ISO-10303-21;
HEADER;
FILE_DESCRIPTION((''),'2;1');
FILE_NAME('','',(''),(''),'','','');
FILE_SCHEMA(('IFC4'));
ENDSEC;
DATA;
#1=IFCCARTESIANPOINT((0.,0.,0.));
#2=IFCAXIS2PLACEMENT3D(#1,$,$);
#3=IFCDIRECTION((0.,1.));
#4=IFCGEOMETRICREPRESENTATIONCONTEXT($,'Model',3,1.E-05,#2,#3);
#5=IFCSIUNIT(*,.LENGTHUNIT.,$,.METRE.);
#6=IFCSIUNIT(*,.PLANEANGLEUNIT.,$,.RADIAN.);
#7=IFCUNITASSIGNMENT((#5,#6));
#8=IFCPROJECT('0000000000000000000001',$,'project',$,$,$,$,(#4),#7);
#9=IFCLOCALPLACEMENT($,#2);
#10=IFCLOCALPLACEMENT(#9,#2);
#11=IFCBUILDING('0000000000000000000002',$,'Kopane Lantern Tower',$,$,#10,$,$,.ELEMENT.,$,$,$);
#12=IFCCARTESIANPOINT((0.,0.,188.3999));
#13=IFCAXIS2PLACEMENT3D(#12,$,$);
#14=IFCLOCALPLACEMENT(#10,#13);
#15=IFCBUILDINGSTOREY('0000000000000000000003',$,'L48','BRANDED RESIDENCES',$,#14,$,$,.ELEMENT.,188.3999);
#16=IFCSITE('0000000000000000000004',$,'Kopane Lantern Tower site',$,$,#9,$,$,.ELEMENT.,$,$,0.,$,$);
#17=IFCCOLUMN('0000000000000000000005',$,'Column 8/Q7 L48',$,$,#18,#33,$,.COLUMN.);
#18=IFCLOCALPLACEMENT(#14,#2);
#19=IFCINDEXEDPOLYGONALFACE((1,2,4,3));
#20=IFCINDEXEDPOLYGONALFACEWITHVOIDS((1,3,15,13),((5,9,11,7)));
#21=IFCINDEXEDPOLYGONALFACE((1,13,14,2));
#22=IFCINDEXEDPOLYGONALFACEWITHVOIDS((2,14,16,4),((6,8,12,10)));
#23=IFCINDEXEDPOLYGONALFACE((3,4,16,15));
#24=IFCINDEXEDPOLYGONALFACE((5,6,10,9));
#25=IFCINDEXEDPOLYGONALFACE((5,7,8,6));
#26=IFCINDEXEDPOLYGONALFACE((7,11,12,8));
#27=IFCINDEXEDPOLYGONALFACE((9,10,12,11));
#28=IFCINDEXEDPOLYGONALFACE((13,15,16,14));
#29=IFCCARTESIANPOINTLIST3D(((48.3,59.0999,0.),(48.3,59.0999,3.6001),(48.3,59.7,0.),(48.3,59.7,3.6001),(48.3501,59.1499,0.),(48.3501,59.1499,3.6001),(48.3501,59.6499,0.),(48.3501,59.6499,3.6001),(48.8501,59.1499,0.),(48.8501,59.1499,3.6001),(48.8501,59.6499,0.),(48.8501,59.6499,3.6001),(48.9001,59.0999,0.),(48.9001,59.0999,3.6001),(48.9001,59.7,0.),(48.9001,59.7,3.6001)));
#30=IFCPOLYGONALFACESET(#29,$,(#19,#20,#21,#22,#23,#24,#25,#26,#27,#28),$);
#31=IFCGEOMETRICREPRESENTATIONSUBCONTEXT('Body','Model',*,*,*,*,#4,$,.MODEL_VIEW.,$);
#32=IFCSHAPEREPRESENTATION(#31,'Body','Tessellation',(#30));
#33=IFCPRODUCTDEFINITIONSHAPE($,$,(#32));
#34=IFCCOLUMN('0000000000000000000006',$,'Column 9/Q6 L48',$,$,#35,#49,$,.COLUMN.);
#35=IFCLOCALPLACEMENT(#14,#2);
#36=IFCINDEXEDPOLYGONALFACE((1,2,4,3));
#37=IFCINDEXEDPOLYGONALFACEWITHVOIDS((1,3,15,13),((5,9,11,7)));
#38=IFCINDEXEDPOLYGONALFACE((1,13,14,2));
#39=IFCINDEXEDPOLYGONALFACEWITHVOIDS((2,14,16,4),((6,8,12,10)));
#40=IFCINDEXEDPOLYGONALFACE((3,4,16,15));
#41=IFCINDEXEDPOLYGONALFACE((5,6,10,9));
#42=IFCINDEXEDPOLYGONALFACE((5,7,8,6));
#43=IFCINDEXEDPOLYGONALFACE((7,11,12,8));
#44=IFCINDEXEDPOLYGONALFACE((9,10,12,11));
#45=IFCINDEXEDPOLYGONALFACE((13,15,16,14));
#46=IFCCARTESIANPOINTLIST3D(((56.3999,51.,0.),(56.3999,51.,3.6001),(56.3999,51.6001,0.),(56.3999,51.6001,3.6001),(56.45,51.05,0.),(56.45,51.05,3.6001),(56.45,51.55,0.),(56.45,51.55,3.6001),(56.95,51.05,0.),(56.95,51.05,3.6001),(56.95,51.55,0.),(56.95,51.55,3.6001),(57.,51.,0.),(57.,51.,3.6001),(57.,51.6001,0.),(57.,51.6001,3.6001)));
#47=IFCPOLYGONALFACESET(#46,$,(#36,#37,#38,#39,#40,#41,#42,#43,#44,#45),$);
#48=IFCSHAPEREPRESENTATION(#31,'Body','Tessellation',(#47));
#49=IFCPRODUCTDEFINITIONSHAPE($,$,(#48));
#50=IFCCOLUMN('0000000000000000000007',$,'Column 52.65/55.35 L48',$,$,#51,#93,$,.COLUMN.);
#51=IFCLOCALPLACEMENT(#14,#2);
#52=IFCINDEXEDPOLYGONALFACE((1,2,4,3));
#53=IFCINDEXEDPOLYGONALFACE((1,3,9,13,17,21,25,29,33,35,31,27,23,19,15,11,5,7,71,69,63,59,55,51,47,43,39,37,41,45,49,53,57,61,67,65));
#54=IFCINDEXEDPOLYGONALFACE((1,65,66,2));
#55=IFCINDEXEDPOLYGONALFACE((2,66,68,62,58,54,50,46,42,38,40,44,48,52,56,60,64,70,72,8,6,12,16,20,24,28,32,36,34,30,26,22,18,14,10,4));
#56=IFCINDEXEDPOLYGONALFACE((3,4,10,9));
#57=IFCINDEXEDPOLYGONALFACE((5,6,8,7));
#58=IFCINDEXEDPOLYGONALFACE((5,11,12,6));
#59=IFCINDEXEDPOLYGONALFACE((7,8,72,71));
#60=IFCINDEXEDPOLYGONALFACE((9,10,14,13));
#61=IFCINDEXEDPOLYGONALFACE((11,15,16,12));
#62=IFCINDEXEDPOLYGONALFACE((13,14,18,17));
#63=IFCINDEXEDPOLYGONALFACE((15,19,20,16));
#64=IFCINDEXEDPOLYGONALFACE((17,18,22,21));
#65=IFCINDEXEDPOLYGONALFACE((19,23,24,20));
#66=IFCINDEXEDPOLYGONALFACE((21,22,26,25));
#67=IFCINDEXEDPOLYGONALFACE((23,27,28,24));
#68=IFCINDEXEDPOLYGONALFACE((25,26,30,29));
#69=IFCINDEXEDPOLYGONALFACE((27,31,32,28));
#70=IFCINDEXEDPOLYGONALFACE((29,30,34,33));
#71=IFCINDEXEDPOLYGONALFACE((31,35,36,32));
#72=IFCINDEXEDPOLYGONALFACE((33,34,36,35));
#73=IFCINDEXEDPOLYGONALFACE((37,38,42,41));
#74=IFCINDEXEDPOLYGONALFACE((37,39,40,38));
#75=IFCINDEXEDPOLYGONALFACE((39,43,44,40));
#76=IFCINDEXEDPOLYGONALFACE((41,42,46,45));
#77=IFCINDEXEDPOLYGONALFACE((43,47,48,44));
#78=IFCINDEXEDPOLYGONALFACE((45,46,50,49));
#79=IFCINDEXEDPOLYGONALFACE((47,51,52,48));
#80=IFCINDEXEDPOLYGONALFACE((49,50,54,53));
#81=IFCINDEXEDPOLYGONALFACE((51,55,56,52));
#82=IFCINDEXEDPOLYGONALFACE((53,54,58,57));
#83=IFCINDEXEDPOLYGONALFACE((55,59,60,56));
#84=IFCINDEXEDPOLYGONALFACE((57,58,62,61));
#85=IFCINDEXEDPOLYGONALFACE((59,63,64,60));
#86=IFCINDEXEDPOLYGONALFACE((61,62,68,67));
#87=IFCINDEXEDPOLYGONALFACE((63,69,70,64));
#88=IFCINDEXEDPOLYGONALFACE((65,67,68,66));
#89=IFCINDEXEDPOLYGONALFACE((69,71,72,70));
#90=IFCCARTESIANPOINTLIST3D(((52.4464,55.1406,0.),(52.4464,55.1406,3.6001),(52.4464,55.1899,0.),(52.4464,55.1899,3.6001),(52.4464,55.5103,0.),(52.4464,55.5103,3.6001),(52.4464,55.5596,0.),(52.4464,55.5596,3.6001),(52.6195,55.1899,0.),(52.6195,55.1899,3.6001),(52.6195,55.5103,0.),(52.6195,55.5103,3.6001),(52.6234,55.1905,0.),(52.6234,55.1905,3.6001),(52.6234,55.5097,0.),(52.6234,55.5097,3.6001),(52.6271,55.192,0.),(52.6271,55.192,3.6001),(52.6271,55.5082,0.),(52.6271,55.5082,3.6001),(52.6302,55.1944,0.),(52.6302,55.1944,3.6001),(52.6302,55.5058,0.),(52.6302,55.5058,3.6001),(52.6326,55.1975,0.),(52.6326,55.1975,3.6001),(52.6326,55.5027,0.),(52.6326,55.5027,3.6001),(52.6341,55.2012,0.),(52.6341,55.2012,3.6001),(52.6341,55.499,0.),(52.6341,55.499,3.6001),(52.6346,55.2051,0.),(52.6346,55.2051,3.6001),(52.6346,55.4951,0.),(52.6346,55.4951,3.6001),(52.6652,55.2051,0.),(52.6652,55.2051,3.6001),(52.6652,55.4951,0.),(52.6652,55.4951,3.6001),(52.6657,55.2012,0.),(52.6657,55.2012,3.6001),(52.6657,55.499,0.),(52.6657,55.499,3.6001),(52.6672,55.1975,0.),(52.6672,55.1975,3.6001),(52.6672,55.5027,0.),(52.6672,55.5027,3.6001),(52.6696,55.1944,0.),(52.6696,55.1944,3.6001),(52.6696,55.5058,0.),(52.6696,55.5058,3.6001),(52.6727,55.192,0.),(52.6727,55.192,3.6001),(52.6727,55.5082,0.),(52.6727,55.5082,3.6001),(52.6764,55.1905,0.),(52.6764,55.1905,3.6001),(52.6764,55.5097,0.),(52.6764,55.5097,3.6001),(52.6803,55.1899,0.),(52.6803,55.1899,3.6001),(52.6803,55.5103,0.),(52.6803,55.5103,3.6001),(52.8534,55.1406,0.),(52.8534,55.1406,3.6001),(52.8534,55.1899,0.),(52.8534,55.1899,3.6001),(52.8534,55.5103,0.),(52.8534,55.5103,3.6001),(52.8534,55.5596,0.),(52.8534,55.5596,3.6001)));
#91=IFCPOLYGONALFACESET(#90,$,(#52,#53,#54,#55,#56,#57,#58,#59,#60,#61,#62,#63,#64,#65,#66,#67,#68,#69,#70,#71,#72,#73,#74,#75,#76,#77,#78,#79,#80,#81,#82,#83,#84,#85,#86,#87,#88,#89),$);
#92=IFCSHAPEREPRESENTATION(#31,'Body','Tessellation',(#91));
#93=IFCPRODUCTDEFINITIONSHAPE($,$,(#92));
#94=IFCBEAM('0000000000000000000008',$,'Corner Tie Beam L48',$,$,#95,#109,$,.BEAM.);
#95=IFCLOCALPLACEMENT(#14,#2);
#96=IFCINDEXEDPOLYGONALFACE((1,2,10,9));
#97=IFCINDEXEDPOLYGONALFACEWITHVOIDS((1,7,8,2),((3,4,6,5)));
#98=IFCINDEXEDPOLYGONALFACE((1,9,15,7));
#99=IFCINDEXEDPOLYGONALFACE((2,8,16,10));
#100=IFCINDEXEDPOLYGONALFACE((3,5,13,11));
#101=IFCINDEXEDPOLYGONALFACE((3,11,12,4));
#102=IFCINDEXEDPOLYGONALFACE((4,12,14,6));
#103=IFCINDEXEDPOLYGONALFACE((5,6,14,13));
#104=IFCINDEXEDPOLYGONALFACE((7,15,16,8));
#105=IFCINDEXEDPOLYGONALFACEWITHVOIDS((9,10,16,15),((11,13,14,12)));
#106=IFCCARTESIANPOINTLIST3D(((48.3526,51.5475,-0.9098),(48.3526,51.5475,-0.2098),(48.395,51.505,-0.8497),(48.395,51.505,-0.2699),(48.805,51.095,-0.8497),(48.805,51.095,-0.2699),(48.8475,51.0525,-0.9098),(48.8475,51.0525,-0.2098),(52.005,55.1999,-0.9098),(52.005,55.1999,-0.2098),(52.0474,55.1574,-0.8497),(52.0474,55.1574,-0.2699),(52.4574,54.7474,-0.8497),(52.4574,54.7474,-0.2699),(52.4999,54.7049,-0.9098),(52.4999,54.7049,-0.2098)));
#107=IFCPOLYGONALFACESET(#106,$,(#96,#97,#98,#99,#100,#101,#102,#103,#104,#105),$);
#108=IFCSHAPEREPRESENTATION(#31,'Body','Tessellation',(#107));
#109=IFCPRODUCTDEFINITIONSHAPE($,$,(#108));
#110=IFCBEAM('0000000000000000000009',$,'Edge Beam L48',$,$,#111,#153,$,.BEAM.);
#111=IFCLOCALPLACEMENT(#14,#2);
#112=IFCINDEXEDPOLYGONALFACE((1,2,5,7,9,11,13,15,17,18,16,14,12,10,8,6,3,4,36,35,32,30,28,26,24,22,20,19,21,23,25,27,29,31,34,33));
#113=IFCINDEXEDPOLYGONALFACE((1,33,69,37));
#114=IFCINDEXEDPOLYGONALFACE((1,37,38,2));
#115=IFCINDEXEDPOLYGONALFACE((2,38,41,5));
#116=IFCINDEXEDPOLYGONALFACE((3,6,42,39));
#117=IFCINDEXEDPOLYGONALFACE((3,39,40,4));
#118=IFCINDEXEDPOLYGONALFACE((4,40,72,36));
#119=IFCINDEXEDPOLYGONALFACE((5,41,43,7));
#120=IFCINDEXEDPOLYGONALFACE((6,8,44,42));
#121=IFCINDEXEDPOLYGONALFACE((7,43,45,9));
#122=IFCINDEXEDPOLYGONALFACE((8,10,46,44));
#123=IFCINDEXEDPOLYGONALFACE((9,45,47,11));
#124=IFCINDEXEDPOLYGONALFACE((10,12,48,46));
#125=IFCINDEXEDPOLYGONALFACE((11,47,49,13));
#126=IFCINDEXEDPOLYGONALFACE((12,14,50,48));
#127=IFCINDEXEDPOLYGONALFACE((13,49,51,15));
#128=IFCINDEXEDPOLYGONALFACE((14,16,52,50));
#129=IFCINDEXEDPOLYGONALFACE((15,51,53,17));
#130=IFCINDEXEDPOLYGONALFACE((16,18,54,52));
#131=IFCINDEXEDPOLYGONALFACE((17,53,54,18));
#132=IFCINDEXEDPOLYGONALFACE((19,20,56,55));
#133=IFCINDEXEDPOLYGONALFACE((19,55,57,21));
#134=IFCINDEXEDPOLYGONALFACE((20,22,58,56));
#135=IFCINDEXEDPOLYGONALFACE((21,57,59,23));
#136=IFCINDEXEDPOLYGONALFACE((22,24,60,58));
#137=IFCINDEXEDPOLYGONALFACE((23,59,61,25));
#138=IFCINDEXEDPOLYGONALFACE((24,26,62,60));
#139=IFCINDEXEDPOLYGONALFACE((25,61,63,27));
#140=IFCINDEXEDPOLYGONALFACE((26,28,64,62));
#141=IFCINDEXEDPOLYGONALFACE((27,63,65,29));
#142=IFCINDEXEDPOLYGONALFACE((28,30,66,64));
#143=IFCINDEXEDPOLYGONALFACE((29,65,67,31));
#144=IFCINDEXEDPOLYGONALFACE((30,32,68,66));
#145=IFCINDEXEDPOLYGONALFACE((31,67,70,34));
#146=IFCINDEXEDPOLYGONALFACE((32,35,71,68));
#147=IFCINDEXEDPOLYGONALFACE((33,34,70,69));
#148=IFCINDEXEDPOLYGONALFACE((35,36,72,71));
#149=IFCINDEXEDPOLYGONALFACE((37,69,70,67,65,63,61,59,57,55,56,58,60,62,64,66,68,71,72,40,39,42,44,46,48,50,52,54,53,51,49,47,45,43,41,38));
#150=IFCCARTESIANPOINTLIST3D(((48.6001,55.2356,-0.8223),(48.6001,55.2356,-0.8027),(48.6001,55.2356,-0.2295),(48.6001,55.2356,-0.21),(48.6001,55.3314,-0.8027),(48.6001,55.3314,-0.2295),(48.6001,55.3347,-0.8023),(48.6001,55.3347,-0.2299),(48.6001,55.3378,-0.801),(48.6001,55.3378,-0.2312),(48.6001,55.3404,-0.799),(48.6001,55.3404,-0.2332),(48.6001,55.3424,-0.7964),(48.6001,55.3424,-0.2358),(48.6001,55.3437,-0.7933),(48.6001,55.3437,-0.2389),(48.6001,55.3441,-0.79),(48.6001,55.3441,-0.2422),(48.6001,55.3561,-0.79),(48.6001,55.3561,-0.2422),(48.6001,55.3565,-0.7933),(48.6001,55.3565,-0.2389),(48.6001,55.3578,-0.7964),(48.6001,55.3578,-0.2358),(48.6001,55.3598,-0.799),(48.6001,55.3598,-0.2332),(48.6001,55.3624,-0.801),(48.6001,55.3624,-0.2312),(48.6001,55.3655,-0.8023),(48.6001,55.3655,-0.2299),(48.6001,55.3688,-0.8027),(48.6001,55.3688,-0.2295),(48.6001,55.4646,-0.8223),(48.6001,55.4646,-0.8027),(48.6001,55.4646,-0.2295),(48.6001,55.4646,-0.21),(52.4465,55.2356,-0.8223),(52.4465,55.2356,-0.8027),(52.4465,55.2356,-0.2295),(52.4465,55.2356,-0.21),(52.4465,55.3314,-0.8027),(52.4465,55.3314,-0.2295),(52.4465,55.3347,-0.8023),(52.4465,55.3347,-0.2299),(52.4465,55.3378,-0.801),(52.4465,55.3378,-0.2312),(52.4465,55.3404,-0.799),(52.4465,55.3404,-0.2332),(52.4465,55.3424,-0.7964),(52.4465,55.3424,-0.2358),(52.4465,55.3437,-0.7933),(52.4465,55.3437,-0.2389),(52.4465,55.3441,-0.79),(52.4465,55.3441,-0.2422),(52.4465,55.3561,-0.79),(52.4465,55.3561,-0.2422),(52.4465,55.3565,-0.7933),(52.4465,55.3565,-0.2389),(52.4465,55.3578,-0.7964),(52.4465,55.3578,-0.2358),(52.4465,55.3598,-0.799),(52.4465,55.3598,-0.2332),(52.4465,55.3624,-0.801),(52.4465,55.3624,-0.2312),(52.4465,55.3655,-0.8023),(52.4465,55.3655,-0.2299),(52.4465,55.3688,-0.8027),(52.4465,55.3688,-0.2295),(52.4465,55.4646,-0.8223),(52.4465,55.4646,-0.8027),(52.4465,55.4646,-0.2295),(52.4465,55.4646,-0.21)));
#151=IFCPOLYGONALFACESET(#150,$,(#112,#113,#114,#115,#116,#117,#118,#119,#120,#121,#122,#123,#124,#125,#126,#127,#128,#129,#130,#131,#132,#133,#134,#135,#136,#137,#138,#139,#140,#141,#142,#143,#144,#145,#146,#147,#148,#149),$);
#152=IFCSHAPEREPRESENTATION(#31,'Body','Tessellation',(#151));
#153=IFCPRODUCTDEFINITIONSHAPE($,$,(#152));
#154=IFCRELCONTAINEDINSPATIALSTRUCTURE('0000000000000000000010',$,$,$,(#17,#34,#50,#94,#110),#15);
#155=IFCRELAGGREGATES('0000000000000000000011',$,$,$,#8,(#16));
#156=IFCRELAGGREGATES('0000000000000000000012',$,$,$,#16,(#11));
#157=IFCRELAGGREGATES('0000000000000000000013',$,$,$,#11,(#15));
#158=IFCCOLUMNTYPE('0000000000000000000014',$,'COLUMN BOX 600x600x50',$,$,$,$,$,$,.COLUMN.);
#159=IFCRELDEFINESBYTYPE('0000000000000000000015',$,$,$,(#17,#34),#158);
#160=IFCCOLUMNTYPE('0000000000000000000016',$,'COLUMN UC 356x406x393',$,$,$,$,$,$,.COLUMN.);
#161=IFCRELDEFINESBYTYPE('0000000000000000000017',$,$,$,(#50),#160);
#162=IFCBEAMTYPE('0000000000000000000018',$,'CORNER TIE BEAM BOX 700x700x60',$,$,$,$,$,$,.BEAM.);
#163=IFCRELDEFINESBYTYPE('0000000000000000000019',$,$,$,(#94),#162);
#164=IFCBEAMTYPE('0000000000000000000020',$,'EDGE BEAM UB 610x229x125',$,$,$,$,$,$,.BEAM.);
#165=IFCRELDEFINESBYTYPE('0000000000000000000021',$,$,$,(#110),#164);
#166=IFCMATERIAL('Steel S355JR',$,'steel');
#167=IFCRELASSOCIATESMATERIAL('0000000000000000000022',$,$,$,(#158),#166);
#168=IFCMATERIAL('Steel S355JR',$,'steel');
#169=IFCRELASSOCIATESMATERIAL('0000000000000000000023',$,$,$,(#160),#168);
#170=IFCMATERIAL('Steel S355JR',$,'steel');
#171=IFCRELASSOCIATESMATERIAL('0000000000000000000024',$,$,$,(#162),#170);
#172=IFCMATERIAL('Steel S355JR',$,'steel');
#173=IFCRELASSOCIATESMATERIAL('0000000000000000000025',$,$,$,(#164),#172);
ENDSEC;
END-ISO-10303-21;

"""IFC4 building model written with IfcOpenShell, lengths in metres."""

from ifc_helpers import new_model, si_unit, direction, frame, origin, origin_2d, place, context, subcontext, project, spatial, hollow_rectangle, i_section, extrude, material, material_profile, profile_set, type_object, element, save


model = new_model("IFC4")

# Units and contexts
model_context = context("Model", 3, precision=1e-05, world=origin(), true_north=direction((0.0, 1.0)))
body_context = subcontext(model_context, "Body", "Model", "MODEL_VIEW")
ifc_project = project(units=[si_unit("LENGTHUNIT", "METRE"), si_unit("PLANEANGLEUNIT", "RADIAN")], contexts=[model_context])

# Site, building, storey
site_placement = place(None, origin())
site = spatial("IfcSite", under=ifc_project, at=site_placement, Name="Kopane Lantern Tower site", CompositionType="ELEMENT", RefElevation=0.0)
building_placement = place(site_placement, origin())
building = spatial("IfcBuilding", under=site, at=building_placement, Name="Kopane Lantern Tower", CompositionType="ELEMENT")
storey_placement = place(building_placement, frame((0.0, 0.0, 188.3999)))
storey = spatial("IfcBuildingStorey", under=building, at=storey_placement, Name="L48", Description="BRANDED RESIDENCES", CompositionType="ELEMENT", Elevation=188.3999)

# Columns
ifc_material_1 = material(Name="Steel S355JR", Category="steel")
ifc_material_profile_1 = material_profile(ifc_material_1, hollow_rectangle(XDim=0.6001, YDim=0.6001, WallThickness=0.05, at=origin_2d()), Name="BOX 600x600x50")
ifc_profile_set_1 = profile_set([ifc_material_profile_1], Name="Steel S355JR")
column_type_1 = type_object("IfcColumnType", Name="COLUMN BOX 600x600x50", PredefinedType="COLUMN", material=ifc_profile_set_1)
for number, where, z_axis, x_axis, name in (
    (1, (48.6001, 59.3999, 0.0), (0.0, 0.0, 1.0), (1.0, 0.0, 0.0), "Column 8/Q7 L48"),
    (2, (56.7, 51.3, 0.0), (0.0, 0.0, 1.0), (1.0, 0.0, 0.0), "Column 9/Q6 L48"),
):
    element("IfcColumn", number, at=place(storey_placement, frame(where, z_axis=z_axis, x_axis=x_axis)), inside=storey, type_object=column_type_1, Name=name, PredefinedType="COLUMN", context=body_context, shape_type="SweptSolid", body=[
        extrude(hollow_rectangle(XDim=0.6001, YDim=0.6001, WallThickness=0.05, at=origin_2d()), origin(), (0.0, 0.0, 1.0), 3.6001),
    ])
ifc_material_2 = material(Name="Steel S355JR", Category="steel")
ifc_material_profile_2 = material_profile(ifc_material_2, i_section(OverallWidth=0.407, OverallDepth=0.4189, WebThickness=0.0305, FlangeThickness=0.0493, FilletRadius=0.0151, at=origin_2d()), Name="UC 356x406x393")
ifc_profile_set_2 = profile_set([ifc_material_profile_2], Name="Steel S355JR")
column_type_2 = type_object("IfcColumnType", Name="COLUMN UC 356x406x393", PredefinedType="COLUMN", material=ifc_profile_set_2)
column_placement = place(storey_placement, frame((52.6499, 55.3501, 0.0), z_axis=(0.0, 0.0, 1.0), x_axis=(1.0, 0.0, 0.0)))
element("IfcColumn", 3, at=column_placement, inside=storey, type_object=column_type_2, Name="Column 52.65/55.35 L48", PredefinedType="COLUMN", context=body_context, shape_type="SweptSolid", body=[
    extrude(i_section(OverallWidth=0.407, OverallDepth=0.4189, WebThickness=0.0305, FlangeThickness=0.0493, FilletRadius=0.0151, at=origin_2d()), origin(), (0.0, 0.0, 1.0), 3.6001),
])

# Beams
ifc_material_3 = material(Name="Steel S355JR", Category="steel")
ifc_material_profile_3 = material_profile(ifc_material_3, hollow_rectangle(XDim=0.7, YDim=0.7, WallThickness=0.0601, at=origin_2d()), Name="BOX 700x700x60")
ifc_profile_set_3 = profile_set([ifc_material_profile_3], Name="Steel S355JR")
beam_type_1 = type_object("IfcBeamType", Name="CORNER TIE BEAM BOX 700x700x60", PredefinedType="BEAM", material=ifc_profile_set_3)
beam_placement = place(storey_placement, frame((52.2524, 54.9524, -0.5598), z_axis=(-0.707107, -0.707107, 0.0), x_axis=(0.707107, -0.707107, 0.0)))
element("IfcBeam", 4, at=beam_placement, inside=storey, type_object=beam_type_1, Name="Corner Tie Beam L48", PredefinedType="BEAM", context=body_context, shape_type="SweptSolid", body=[
    extrude(hollow_rectangle(XDim=0.7, YDim=0.7, WallThickness=0.0601, at=origin_2d()), origin(), (0.0, 0.0, 1.0), 5.1653),
])
ifc_material_4 = material(Name="Steel S355JR", Category="steel")
ifc_material_profile_4 = material_profile(ifc_material_4, i_section(OverallWidth=0.229, OverallDepth=0.6123, WebThickness=0.012, FlangeThickness=0.0195, FilletRadius=0.0127, at=origin_2d()), Name="UB 610x229x125")
ifc_profile_set_4 = profile_set([ifc_material_profile_4], Name="Steel S355JR")
beam_type_2 = type_object("IfcBeamType", Name="EDGE BEAM UB 610x229x125", PredefinedType="BEAM", material=ifc_profile_set_4)
for number, where, z_axis, x_axis, name in (
    (5, (52.4465, 55.3501, -0.5161), (-1.0, 0.0, 0.0), (0.0, -1.0, 0.0), "Edge Beam L48"),
):
    element("IfcBeam", number, at=place(storey_placement, frame(where, z_axis=z_axis, x_axis=x_axis)), inside=storey, type_object=beam_type_2, Name=name, PredefinedType="BEAM", context=body_context, shape_type="SweptSolid", body=[
        extrude(i_section(OverallWidth=0.229, OverallDepth=0.6123, WebThickness=0.012, FlangeThickness=0.0195, FilletRadius=0.0127, at=origin_2d()), origin(), (0.0, 0.0, 1.0), 3.8464),
    ])

save(model, "model.ifc")
